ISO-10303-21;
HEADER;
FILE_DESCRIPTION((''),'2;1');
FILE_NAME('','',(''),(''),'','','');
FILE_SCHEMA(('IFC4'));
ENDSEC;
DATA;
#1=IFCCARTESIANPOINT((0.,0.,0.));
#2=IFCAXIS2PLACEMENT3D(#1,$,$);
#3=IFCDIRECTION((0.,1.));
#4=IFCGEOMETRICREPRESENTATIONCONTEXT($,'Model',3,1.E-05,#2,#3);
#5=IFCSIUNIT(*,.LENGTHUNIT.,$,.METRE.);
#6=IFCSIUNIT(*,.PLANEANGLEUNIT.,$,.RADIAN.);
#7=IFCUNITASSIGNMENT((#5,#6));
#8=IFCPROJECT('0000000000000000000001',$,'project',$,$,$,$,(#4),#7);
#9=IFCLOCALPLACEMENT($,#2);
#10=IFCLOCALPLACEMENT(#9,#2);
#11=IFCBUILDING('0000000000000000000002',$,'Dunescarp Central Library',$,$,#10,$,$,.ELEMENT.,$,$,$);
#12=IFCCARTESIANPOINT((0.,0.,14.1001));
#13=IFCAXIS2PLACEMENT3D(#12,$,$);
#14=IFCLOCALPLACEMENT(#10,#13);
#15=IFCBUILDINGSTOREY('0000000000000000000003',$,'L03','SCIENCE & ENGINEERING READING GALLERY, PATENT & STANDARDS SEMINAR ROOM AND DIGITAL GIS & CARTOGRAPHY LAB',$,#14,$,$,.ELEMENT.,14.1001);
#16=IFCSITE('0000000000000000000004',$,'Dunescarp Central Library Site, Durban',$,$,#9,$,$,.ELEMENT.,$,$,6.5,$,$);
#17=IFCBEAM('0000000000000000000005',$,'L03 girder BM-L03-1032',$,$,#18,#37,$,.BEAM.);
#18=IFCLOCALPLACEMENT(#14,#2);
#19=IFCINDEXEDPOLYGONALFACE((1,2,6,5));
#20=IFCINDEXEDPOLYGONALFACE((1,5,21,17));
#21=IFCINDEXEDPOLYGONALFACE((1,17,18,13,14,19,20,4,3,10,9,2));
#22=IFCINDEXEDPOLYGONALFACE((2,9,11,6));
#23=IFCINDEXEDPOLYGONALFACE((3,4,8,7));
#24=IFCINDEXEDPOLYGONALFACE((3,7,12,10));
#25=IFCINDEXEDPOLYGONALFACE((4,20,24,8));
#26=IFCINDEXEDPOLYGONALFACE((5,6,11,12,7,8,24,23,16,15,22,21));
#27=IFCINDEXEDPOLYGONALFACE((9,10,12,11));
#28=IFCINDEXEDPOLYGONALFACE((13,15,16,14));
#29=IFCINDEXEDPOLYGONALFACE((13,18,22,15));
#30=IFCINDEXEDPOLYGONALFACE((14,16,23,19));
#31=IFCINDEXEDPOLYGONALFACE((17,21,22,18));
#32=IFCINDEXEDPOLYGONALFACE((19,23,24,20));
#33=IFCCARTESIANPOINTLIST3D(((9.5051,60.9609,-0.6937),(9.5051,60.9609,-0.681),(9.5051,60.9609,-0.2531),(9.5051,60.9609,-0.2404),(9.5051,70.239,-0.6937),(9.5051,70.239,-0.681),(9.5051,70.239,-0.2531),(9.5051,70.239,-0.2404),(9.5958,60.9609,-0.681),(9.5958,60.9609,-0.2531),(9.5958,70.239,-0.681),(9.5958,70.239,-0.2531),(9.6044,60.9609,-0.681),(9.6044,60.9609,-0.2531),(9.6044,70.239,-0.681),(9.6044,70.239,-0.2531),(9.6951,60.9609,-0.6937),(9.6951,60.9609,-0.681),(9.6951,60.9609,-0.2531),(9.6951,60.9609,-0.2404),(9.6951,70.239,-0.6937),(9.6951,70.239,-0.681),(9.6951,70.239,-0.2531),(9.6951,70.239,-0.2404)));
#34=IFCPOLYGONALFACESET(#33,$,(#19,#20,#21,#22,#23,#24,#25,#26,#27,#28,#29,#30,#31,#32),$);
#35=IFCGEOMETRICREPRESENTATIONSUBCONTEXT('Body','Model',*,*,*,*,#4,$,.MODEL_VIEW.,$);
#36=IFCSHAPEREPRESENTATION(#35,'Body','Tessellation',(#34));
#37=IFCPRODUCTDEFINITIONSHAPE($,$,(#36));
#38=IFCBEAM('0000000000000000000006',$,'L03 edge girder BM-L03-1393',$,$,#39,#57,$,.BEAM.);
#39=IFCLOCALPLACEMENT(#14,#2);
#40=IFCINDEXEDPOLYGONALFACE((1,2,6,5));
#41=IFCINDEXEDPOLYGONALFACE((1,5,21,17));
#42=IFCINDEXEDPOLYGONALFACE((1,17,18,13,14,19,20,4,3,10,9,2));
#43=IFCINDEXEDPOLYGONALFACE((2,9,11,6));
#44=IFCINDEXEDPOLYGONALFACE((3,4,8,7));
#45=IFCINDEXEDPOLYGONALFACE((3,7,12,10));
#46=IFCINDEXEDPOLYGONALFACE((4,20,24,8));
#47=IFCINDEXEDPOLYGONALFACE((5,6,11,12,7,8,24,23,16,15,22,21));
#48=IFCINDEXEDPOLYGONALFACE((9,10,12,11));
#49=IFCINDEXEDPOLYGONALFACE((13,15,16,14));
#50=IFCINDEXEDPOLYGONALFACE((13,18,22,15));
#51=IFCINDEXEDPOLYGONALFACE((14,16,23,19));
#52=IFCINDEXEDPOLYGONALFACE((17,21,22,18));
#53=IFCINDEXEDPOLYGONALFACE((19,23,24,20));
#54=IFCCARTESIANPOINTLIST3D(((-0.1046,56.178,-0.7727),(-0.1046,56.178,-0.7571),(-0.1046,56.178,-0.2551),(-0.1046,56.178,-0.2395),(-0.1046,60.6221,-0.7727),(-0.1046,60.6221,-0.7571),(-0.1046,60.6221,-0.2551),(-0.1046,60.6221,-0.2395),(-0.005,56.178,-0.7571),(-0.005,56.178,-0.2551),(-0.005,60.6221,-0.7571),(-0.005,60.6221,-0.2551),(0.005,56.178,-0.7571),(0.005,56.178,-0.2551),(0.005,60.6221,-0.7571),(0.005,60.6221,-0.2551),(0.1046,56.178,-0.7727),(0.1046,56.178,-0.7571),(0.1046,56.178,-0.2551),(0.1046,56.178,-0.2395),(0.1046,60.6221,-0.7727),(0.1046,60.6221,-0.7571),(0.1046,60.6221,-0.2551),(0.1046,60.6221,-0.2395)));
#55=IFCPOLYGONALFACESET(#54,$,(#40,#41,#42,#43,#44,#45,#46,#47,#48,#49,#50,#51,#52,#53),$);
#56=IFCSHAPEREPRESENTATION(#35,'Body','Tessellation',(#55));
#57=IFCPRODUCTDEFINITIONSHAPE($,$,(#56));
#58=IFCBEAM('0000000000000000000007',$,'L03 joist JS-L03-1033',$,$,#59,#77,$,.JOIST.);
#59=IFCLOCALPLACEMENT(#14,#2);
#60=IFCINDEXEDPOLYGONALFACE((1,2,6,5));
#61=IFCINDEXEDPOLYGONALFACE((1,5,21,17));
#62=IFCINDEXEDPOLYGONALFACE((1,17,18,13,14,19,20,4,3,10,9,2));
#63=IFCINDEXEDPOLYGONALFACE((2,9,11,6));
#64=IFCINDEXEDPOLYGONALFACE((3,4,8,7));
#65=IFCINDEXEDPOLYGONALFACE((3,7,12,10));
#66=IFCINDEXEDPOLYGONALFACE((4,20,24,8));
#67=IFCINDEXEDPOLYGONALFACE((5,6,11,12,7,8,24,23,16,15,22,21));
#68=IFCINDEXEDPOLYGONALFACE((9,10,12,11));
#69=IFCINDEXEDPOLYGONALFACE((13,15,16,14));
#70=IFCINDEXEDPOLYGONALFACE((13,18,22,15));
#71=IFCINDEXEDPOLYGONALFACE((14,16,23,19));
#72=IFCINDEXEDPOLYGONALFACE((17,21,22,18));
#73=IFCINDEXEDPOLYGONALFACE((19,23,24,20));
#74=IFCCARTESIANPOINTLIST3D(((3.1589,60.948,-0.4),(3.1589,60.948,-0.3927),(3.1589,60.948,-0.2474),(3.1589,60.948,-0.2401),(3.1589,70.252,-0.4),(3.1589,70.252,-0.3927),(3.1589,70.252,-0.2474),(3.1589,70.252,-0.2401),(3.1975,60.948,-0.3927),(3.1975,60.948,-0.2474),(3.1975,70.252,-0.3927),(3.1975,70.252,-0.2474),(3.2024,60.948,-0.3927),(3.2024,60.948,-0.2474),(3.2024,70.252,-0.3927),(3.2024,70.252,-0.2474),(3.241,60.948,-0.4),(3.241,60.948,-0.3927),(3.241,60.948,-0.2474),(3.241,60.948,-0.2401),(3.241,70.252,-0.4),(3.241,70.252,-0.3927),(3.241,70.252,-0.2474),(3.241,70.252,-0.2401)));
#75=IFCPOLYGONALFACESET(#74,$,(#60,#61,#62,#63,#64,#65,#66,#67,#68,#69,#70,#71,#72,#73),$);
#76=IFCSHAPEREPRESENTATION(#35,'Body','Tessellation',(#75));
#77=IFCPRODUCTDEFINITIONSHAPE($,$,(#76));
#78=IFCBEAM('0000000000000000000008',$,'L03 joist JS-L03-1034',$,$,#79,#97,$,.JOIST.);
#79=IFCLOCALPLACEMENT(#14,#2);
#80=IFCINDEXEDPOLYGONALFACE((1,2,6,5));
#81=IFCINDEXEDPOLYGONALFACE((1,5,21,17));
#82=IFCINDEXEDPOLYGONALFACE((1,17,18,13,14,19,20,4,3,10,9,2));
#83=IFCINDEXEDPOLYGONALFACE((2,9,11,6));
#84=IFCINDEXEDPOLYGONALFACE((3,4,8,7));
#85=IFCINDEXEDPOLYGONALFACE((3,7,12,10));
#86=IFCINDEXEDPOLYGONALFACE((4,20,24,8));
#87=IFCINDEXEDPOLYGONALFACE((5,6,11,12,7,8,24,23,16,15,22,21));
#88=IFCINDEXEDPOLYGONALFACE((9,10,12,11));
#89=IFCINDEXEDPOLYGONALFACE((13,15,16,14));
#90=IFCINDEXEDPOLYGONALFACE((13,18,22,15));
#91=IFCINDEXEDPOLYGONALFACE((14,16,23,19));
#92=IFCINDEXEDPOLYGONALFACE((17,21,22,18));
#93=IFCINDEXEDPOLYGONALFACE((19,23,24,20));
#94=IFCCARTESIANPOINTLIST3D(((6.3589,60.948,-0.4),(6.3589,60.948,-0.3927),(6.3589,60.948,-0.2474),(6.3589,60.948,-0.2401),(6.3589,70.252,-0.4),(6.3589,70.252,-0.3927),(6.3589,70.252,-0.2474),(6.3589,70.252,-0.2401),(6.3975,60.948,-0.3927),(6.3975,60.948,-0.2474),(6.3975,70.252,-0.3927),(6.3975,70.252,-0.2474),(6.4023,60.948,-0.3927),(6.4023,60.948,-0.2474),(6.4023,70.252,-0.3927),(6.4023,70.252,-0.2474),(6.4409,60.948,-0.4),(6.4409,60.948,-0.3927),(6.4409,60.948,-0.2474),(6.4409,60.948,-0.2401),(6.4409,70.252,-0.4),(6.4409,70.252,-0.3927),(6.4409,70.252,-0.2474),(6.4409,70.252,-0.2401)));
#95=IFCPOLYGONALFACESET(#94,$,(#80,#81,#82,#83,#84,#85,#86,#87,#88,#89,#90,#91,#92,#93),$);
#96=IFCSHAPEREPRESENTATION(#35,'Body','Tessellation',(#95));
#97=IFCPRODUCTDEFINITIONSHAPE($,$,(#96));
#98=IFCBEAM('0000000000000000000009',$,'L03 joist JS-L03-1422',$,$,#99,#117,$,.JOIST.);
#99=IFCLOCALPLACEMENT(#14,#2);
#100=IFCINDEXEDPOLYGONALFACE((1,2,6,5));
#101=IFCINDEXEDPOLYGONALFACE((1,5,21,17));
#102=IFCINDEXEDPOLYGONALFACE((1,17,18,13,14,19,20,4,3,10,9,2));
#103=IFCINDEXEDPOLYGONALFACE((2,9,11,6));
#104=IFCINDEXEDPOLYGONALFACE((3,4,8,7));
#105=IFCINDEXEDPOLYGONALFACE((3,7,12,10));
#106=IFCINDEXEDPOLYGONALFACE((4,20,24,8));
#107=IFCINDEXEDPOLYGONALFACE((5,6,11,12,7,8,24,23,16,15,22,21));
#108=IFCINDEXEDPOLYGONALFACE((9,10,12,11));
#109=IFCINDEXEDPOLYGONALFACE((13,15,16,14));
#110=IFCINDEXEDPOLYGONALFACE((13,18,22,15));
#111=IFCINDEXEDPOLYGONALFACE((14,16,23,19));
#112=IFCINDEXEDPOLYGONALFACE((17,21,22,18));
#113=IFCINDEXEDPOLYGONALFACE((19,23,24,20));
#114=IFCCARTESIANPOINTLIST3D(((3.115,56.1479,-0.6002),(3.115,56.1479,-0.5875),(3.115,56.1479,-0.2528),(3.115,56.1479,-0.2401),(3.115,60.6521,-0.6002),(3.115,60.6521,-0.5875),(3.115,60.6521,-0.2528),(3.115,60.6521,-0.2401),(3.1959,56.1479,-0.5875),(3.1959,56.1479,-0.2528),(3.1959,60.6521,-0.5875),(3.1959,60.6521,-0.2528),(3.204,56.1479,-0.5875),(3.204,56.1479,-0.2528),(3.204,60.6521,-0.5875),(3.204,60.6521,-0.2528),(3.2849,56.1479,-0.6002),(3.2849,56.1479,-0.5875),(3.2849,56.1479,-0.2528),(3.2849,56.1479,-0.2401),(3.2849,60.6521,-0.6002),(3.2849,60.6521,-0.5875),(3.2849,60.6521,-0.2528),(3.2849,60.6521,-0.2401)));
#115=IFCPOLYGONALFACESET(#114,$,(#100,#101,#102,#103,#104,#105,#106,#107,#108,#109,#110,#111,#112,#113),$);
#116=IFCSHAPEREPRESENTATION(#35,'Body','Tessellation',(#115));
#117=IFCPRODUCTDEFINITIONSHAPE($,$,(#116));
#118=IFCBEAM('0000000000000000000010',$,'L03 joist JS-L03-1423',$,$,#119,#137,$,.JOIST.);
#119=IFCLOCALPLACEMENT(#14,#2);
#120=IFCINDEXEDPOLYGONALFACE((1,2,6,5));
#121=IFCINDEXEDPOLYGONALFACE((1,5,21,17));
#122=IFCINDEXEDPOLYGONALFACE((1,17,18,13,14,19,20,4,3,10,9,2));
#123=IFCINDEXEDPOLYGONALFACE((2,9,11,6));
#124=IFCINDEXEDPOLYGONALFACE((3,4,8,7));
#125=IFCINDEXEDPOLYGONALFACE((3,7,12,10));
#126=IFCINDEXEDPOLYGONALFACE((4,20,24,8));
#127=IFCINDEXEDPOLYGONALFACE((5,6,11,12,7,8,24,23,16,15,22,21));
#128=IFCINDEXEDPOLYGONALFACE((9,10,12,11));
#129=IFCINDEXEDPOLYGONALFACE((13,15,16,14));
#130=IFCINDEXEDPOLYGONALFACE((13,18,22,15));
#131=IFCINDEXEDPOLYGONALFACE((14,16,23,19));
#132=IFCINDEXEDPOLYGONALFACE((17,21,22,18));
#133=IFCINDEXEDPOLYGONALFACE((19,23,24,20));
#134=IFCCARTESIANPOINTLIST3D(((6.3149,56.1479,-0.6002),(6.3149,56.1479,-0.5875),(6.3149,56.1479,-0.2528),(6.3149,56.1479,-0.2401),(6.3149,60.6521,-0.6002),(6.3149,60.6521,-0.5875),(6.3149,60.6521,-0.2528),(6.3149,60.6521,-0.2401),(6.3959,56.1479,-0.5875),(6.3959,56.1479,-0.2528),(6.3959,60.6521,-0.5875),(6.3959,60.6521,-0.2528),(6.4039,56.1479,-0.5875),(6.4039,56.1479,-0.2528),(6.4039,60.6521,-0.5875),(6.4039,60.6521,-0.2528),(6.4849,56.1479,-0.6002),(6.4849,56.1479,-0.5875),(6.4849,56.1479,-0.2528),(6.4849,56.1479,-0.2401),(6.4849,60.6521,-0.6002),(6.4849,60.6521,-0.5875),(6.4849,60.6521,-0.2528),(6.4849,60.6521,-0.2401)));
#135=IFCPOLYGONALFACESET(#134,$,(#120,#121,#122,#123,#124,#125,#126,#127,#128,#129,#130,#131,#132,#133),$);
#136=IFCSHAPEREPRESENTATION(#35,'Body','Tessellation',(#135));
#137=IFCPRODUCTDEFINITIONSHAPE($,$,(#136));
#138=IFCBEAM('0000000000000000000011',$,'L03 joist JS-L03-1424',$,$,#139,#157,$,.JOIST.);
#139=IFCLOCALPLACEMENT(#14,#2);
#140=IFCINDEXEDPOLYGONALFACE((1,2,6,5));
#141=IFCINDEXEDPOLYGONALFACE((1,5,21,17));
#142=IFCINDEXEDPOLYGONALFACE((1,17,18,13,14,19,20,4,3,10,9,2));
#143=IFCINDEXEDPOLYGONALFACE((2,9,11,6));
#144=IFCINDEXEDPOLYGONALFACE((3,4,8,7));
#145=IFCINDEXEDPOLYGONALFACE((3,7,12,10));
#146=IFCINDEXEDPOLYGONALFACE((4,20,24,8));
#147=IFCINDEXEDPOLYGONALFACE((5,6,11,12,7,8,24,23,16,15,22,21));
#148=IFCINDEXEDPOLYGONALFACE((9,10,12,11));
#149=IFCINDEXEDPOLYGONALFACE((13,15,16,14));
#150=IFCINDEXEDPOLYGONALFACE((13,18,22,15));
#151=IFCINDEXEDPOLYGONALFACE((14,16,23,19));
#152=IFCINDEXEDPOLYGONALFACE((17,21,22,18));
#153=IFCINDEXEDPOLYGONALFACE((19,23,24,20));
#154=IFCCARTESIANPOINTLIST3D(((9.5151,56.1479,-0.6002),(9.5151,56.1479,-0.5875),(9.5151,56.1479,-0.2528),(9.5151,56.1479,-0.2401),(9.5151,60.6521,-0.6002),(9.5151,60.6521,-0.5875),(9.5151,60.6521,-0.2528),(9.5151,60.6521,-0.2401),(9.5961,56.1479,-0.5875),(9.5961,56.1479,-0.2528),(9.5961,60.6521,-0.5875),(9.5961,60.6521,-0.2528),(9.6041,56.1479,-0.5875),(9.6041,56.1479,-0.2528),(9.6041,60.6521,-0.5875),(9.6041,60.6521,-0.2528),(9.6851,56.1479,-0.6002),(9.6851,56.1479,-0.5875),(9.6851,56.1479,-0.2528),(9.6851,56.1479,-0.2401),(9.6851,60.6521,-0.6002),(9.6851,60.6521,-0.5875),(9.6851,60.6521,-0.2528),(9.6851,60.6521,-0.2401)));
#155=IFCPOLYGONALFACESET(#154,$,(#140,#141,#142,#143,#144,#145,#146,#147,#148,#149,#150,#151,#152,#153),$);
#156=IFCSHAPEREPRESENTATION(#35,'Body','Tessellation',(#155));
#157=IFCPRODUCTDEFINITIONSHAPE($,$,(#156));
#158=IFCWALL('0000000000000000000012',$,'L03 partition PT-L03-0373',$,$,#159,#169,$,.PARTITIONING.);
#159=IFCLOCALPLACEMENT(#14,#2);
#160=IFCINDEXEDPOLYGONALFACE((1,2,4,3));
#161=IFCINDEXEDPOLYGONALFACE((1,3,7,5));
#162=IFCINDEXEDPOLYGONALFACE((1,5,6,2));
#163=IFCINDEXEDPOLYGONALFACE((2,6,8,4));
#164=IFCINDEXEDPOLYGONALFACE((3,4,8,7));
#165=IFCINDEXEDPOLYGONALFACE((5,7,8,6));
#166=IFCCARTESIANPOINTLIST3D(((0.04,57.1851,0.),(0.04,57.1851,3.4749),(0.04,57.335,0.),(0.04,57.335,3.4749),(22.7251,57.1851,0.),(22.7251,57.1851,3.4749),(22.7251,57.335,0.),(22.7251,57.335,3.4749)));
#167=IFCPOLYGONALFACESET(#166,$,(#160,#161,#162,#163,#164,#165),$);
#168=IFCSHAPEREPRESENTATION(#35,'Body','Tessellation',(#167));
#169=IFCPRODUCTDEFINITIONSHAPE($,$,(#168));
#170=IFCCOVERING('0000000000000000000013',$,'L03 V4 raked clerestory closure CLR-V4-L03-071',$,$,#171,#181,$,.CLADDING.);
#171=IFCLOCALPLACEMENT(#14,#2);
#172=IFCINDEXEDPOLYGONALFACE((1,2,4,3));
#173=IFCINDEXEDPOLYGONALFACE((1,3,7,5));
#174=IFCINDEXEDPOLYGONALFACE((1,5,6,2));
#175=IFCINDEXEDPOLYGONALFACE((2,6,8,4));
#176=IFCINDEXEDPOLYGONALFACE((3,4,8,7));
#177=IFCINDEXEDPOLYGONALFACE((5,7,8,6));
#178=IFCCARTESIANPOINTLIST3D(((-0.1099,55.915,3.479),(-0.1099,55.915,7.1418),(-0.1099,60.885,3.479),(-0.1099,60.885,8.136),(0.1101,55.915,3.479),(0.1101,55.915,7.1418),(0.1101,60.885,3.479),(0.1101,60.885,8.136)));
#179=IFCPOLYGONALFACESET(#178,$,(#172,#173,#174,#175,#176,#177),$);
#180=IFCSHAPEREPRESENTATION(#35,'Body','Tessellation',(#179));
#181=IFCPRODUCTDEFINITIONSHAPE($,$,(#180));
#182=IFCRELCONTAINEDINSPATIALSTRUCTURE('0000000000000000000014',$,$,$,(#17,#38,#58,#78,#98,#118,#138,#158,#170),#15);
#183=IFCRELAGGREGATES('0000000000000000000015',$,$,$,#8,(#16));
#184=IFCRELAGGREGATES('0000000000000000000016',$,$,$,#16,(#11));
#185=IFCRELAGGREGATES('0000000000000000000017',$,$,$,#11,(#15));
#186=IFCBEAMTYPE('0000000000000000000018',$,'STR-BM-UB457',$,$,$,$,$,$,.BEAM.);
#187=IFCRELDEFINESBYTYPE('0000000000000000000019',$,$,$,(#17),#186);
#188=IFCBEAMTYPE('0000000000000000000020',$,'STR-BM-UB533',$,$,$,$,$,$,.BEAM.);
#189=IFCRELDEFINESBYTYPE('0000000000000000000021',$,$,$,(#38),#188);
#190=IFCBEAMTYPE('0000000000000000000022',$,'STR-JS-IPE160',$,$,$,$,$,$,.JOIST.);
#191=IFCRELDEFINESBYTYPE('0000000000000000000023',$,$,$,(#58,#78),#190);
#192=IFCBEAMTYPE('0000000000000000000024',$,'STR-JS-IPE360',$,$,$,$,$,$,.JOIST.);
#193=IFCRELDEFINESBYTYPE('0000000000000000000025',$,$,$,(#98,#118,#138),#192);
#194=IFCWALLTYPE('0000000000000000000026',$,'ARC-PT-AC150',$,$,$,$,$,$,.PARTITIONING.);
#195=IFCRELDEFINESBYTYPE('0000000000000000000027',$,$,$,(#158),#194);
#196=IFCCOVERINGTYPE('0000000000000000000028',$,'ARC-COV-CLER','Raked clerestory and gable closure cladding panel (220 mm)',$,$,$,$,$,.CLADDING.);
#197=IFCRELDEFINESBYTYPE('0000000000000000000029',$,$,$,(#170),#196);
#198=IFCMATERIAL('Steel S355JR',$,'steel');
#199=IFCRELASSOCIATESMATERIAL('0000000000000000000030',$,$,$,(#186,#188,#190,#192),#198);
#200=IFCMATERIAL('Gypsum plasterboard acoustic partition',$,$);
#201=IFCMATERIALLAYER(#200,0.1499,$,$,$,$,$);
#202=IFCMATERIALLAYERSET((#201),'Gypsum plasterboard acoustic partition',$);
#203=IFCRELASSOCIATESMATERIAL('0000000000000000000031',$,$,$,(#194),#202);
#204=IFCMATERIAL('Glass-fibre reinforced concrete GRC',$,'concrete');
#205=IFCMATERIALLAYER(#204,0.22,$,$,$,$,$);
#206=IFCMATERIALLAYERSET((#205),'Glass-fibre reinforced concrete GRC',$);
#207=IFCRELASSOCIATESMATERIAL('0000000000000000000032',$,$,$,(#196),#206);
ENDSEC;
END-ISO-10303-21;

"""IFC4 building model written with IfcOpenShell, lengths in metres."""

from ifc_helpers import new_model, si_unit, direction, frame, frame_2d, origin, origin_2d, place, context, subcontext, project, spatial, polyline, rectangle, i_section, outline, extrude, material, layer, layer_set, material_profile, profile_set, type_object, element, save


model = new_model("IFC4")

# Units and contexts
model_context = context("Model", 3, precision=1e-05, world=origin(), true_north=direction((0.0, 1.0)))
body_context = subcontext(model_context, "Body", "Model", "MODEL_VIEW")
ifc_project = project(units=[si_unit("LENGTHUNIT", "METRE"), si_unit("PLANEANGLEUNIT", "RADIAN")], contexts=[model_context])

# Site, building, storey
site_placement = place(None, origin())
site = spatial("IfcSite", under=ifc_project, at=site_placement, Name="Dunescarp Central Library Site, Durban", CompositionType="ELEMENT", RefElevation=6.5)
building_placement = place(site_placement, origin())
building = spatial("IfcBuilding", under=site, at=building_placement, Name="Dunescarp Central Library", CompositionType="ELEMENT")
storey_placement = place(building_placement, frame((0.0, 0.0, 14.1001)))
storey = spatial("IfcBuildingStorey", under=building, at=storey_placement, Name="L03", Description="SCIENCE & ENGINEERING READING GALLERY, PATENT & STANDARDS SEMINAR ROOM AND DIGITAL GIS & CARTOGRAPHY LAB", CompositionType="ELEMENT", Elevation=14.1001)

# Shared definitions
ifc_material_1 = material(Name="Steel S355JR", Category="steel")

# Beams
ifc_material_profile_1 = material_profile(ifc_material_1, i_section(OverallWidth=0.1899, OverallDepth=0.4534, WebThickness=0.0085, FlangeThickness=0.0127, at=origin_2d()), Name="UB 457x191x67")
ifc_profile_set_1 = profile_set([ifc_material_profile_1], Name="Steel S355JR")
beam_type_1 = type_object("IfcBeamType", Name="STR-BM-UB457", PredefinedType="BEAM", material=ifc_profile_set_1)
beam_1_placement = place(storey_placement, frame((9.6001, 60.9609, -0.467), z_axis=(0.0, 1.0, 0.0), x_axis=(-1.0, 0.0, 0.0)))
element("IfcBeam", 1, at=beam_1_placement, inside=storey, type_object=beam_type_1, Name="L03 girder BM-L03-1032", PredefinedType="BEAM", context=body_context, shape_type="SweptSolid", body=[
    extrude(i_section(OverallWidth=0.1899, OverallDepth=0.4534, WebThickness=0.0085, FlangeThickness=0.0127, at=origin_2d()), origin(), (0.0, 0.0, 1.0), 9.2781),
])
ifc_material_profile_2 = material_profile(ifc_material_1, i_section(OverallWidth=0.2092, OverallDepth=0.5332, WebThickness=0.01, FlangeThickness=0.0156, at=origin_2d()), Name="UB 533x210x92")
ifc_profile_set_2 = profile_set([ifc_material_profile_2], Name="Steel S355JR")
beam_type_2 = type_object("IfcBeamType", Name="STR-BM-UB533", PredefinedType="BEAM", material=ifc_profile_set_2)
beam_2_placement = place(storey_placement, frame((0.0, 56.178, -0.5061), z_axis=(0.0, 1.0, 0.0), x_axis=(-1.0, 0.0, 0.0)))
element("IfcBeam", 2, at=beam_2_placement, inside=storey, type_object=beam_type_2, Name="L03 edge girder BM-L03-1393", PredefinedType="BEAM", context=body_context, shape_type="SweptSolid", body=[
    extrude(i_section(OverallWidth=0.2092, OverallDepth=0.5332, WebThickness=0.01, FlangeThickness=0.0156, at=origin_2d()), origin(), (0.0, 0.0, 1.0), 4.4441),
])
ifc_material_profile_3 = material_profile(ifc_material_1, i_section(OverallWidth=0.082, OverallDepth=0.1599, WebThickness=0.0049, FlangeThickness=0.0073, at=origin_2d()), Name="IPE 160")
ifc_profile_set_3 = profile_set([ifc_material_profile_3], Name="Steel S355JR")
beam_type_3 = type_object("IfcBeamType", Name="STR-JS-IPE160", PredefinedType="JOIST", material=ifc_profile_set_3)
for number, where, z_axis, x_axis, name in (
    (3, (3.2, 60.948, -0.3201), (0.0, 1.0, 0.0), (-1.0, 0.0, 0.0), "L03 joist JS-L03-1033"),
    (4, (6.3999, 60.948, -0.3201), (0.0, 1.0, 0.0), (-1.0, 0.0, 0.0), "L03 joist JS-L03-1034"),
):
    element("IfcBeam", number, at=place(storey_placement, frame(where, z_axis=z_axis, x_axis=x_axis)), inside=storey, type_object=beam_type_3, Name=name, PredefinedType="JOIST", context=body_context, shape_type="SweptSolid", body=[
        extrude(i_section(OverallWidth=0.082, OverallDepth=0.1599, WebThickness=0.0049, FlangeThickness=0.0073, at=origin_2d()), origin(), (0.0, 0.0, 1.0), 9.304),
    ])
ifc_material_profile_4 = material_profile(ifc_material_1, i_section(OverallWidth=0.1699, OverallDepth=0.3601, WebThickness=0.0081, FlangeThickness=0.0127, at=origin_2d()), Name="IPE 360")
ifc_profile_set_4 = profile_set([ifc_material_profile_4], Name="Steel S355JR")
beam_type_4 = type_object("IfcBeamType", Name="STR-JS-IPE360", PredefinedType="JOIST", material=ifc_profile_set_4)
for number, where, z_axis, x_axis, name in (
    (5, (3.2, 56.1479, -0.4202), (0.0, 1.0, 0.0), (-1.0, 0.0, 0.0), "L03 joist JS-L03-1422"),
    (6, (6.3999, 56.1479, -0.4202), (0.0, 1.0, 0.0), (-1.0, 0.0, 0.0), "L03 joist JS-L03-1423"),
    (7, (9.6001, 56.1479, -0.4202), (0.0, 1.0, 0.0), (-1.0, 0.0, 0.0), "L03 joist JS-L03-1424"),
):
    element("IfcBeam", number, at=place(storey_placement, frame(where, z_axis=z_axis, x_axis=x_axis)), inside=storey, type_object=beam_type_4, Name=name, PredefinedType="JOIST", context=body_context, shape_type="SweptSolid", body=[
        extrude(i_section(OverallWidth=0.1699, OverallDepth=0.3601, WebThickness=0.0081, FlangeThickness=0.0127, at=origin_2d()), origin(), (0.0, 0.0, 1.0), 4.5042),
    ])

# Wall
ifc_material_2 = material(Name="Gypsum plasterboard acoustic partition")
ifc_layer_1 = layer(ifc_material_2, 0.1499)
ifc_layer_set_1 = layer_set([ifc_layer_1], Name="Gypsum plasterboard acoustic partition")
wall_type = type_object("IfcWallType", Name="ARC-PT-AC150", PredefinedType="PARTITIONING", material=ifc_layer_set_1)
wall_placement = place(storey_placement, frame((0.04, 57.26, 0.0), z_axis=(0.0, 0.0, 1.0), x_axis=(1.0, 0.0, 0.0)))
element("IfcWall", 8, at=wall_placement, inside=storey, type_object=wall_type, Name="L03 partition PT-L03-0373", PredefinedType="PARTITIONING", context=body_context, shape_type="SweptSolid", body=[
    extrude(rectangle(XDim=22.6851, YDim=0.1499, at=frame_2d((11.3425, 0.0))), origin(), (0.0, 0.0, 1.0), 3.4749),
])

# Covering
ifc_material_3 = material(Name="Glass-fibre reinforced concrete GRC", Category="concrete")
ifc_layer_2 = layer(ifc_material_3, 0.22)
ifc_layer_set_2 = layer_set([ifc_layer_2], Name="Glass-fibre reinforced concrete GRC")
covering_type_1 = type_object("IfcCoveringType", Name="ARC-COV-CLER", Description="Raked clerestory and gable closure cladding panel (220 mm)", PredefinedType="CLADDING", material=ifc_layer_set_2)
covering_1_placement = place(storey_placement, frame((0.0, 55.915, 3.479), z_axis=(0.0, 0.0, 1.0), x_axis=(0.0, 1.0, 0.0)))
element("IfcCovering", 9, at=covering_1_placement, inside=storey, type_object=covering_type_1, Name="L03 V4 raked clerestory closure CLR-V4-L03-071", PredefinedType="CLADDING", context=body_context, shape_type="SweptSolid", body=[
    extrude(outline(polyline([(0.0, 0.0), (4.97, 0.0), (4.97, 4.657), (0.0, 3.6628), (0.0, 0.0)])), frame((0.0, 0.1099, 0.0), z_axis=(0.0, -1.0, 0.0), x_axis=(1.0, 0.0, 0.0)), (0.0, 0.0, 1.0), 0.22),
])

save(model, "model.ifc")
